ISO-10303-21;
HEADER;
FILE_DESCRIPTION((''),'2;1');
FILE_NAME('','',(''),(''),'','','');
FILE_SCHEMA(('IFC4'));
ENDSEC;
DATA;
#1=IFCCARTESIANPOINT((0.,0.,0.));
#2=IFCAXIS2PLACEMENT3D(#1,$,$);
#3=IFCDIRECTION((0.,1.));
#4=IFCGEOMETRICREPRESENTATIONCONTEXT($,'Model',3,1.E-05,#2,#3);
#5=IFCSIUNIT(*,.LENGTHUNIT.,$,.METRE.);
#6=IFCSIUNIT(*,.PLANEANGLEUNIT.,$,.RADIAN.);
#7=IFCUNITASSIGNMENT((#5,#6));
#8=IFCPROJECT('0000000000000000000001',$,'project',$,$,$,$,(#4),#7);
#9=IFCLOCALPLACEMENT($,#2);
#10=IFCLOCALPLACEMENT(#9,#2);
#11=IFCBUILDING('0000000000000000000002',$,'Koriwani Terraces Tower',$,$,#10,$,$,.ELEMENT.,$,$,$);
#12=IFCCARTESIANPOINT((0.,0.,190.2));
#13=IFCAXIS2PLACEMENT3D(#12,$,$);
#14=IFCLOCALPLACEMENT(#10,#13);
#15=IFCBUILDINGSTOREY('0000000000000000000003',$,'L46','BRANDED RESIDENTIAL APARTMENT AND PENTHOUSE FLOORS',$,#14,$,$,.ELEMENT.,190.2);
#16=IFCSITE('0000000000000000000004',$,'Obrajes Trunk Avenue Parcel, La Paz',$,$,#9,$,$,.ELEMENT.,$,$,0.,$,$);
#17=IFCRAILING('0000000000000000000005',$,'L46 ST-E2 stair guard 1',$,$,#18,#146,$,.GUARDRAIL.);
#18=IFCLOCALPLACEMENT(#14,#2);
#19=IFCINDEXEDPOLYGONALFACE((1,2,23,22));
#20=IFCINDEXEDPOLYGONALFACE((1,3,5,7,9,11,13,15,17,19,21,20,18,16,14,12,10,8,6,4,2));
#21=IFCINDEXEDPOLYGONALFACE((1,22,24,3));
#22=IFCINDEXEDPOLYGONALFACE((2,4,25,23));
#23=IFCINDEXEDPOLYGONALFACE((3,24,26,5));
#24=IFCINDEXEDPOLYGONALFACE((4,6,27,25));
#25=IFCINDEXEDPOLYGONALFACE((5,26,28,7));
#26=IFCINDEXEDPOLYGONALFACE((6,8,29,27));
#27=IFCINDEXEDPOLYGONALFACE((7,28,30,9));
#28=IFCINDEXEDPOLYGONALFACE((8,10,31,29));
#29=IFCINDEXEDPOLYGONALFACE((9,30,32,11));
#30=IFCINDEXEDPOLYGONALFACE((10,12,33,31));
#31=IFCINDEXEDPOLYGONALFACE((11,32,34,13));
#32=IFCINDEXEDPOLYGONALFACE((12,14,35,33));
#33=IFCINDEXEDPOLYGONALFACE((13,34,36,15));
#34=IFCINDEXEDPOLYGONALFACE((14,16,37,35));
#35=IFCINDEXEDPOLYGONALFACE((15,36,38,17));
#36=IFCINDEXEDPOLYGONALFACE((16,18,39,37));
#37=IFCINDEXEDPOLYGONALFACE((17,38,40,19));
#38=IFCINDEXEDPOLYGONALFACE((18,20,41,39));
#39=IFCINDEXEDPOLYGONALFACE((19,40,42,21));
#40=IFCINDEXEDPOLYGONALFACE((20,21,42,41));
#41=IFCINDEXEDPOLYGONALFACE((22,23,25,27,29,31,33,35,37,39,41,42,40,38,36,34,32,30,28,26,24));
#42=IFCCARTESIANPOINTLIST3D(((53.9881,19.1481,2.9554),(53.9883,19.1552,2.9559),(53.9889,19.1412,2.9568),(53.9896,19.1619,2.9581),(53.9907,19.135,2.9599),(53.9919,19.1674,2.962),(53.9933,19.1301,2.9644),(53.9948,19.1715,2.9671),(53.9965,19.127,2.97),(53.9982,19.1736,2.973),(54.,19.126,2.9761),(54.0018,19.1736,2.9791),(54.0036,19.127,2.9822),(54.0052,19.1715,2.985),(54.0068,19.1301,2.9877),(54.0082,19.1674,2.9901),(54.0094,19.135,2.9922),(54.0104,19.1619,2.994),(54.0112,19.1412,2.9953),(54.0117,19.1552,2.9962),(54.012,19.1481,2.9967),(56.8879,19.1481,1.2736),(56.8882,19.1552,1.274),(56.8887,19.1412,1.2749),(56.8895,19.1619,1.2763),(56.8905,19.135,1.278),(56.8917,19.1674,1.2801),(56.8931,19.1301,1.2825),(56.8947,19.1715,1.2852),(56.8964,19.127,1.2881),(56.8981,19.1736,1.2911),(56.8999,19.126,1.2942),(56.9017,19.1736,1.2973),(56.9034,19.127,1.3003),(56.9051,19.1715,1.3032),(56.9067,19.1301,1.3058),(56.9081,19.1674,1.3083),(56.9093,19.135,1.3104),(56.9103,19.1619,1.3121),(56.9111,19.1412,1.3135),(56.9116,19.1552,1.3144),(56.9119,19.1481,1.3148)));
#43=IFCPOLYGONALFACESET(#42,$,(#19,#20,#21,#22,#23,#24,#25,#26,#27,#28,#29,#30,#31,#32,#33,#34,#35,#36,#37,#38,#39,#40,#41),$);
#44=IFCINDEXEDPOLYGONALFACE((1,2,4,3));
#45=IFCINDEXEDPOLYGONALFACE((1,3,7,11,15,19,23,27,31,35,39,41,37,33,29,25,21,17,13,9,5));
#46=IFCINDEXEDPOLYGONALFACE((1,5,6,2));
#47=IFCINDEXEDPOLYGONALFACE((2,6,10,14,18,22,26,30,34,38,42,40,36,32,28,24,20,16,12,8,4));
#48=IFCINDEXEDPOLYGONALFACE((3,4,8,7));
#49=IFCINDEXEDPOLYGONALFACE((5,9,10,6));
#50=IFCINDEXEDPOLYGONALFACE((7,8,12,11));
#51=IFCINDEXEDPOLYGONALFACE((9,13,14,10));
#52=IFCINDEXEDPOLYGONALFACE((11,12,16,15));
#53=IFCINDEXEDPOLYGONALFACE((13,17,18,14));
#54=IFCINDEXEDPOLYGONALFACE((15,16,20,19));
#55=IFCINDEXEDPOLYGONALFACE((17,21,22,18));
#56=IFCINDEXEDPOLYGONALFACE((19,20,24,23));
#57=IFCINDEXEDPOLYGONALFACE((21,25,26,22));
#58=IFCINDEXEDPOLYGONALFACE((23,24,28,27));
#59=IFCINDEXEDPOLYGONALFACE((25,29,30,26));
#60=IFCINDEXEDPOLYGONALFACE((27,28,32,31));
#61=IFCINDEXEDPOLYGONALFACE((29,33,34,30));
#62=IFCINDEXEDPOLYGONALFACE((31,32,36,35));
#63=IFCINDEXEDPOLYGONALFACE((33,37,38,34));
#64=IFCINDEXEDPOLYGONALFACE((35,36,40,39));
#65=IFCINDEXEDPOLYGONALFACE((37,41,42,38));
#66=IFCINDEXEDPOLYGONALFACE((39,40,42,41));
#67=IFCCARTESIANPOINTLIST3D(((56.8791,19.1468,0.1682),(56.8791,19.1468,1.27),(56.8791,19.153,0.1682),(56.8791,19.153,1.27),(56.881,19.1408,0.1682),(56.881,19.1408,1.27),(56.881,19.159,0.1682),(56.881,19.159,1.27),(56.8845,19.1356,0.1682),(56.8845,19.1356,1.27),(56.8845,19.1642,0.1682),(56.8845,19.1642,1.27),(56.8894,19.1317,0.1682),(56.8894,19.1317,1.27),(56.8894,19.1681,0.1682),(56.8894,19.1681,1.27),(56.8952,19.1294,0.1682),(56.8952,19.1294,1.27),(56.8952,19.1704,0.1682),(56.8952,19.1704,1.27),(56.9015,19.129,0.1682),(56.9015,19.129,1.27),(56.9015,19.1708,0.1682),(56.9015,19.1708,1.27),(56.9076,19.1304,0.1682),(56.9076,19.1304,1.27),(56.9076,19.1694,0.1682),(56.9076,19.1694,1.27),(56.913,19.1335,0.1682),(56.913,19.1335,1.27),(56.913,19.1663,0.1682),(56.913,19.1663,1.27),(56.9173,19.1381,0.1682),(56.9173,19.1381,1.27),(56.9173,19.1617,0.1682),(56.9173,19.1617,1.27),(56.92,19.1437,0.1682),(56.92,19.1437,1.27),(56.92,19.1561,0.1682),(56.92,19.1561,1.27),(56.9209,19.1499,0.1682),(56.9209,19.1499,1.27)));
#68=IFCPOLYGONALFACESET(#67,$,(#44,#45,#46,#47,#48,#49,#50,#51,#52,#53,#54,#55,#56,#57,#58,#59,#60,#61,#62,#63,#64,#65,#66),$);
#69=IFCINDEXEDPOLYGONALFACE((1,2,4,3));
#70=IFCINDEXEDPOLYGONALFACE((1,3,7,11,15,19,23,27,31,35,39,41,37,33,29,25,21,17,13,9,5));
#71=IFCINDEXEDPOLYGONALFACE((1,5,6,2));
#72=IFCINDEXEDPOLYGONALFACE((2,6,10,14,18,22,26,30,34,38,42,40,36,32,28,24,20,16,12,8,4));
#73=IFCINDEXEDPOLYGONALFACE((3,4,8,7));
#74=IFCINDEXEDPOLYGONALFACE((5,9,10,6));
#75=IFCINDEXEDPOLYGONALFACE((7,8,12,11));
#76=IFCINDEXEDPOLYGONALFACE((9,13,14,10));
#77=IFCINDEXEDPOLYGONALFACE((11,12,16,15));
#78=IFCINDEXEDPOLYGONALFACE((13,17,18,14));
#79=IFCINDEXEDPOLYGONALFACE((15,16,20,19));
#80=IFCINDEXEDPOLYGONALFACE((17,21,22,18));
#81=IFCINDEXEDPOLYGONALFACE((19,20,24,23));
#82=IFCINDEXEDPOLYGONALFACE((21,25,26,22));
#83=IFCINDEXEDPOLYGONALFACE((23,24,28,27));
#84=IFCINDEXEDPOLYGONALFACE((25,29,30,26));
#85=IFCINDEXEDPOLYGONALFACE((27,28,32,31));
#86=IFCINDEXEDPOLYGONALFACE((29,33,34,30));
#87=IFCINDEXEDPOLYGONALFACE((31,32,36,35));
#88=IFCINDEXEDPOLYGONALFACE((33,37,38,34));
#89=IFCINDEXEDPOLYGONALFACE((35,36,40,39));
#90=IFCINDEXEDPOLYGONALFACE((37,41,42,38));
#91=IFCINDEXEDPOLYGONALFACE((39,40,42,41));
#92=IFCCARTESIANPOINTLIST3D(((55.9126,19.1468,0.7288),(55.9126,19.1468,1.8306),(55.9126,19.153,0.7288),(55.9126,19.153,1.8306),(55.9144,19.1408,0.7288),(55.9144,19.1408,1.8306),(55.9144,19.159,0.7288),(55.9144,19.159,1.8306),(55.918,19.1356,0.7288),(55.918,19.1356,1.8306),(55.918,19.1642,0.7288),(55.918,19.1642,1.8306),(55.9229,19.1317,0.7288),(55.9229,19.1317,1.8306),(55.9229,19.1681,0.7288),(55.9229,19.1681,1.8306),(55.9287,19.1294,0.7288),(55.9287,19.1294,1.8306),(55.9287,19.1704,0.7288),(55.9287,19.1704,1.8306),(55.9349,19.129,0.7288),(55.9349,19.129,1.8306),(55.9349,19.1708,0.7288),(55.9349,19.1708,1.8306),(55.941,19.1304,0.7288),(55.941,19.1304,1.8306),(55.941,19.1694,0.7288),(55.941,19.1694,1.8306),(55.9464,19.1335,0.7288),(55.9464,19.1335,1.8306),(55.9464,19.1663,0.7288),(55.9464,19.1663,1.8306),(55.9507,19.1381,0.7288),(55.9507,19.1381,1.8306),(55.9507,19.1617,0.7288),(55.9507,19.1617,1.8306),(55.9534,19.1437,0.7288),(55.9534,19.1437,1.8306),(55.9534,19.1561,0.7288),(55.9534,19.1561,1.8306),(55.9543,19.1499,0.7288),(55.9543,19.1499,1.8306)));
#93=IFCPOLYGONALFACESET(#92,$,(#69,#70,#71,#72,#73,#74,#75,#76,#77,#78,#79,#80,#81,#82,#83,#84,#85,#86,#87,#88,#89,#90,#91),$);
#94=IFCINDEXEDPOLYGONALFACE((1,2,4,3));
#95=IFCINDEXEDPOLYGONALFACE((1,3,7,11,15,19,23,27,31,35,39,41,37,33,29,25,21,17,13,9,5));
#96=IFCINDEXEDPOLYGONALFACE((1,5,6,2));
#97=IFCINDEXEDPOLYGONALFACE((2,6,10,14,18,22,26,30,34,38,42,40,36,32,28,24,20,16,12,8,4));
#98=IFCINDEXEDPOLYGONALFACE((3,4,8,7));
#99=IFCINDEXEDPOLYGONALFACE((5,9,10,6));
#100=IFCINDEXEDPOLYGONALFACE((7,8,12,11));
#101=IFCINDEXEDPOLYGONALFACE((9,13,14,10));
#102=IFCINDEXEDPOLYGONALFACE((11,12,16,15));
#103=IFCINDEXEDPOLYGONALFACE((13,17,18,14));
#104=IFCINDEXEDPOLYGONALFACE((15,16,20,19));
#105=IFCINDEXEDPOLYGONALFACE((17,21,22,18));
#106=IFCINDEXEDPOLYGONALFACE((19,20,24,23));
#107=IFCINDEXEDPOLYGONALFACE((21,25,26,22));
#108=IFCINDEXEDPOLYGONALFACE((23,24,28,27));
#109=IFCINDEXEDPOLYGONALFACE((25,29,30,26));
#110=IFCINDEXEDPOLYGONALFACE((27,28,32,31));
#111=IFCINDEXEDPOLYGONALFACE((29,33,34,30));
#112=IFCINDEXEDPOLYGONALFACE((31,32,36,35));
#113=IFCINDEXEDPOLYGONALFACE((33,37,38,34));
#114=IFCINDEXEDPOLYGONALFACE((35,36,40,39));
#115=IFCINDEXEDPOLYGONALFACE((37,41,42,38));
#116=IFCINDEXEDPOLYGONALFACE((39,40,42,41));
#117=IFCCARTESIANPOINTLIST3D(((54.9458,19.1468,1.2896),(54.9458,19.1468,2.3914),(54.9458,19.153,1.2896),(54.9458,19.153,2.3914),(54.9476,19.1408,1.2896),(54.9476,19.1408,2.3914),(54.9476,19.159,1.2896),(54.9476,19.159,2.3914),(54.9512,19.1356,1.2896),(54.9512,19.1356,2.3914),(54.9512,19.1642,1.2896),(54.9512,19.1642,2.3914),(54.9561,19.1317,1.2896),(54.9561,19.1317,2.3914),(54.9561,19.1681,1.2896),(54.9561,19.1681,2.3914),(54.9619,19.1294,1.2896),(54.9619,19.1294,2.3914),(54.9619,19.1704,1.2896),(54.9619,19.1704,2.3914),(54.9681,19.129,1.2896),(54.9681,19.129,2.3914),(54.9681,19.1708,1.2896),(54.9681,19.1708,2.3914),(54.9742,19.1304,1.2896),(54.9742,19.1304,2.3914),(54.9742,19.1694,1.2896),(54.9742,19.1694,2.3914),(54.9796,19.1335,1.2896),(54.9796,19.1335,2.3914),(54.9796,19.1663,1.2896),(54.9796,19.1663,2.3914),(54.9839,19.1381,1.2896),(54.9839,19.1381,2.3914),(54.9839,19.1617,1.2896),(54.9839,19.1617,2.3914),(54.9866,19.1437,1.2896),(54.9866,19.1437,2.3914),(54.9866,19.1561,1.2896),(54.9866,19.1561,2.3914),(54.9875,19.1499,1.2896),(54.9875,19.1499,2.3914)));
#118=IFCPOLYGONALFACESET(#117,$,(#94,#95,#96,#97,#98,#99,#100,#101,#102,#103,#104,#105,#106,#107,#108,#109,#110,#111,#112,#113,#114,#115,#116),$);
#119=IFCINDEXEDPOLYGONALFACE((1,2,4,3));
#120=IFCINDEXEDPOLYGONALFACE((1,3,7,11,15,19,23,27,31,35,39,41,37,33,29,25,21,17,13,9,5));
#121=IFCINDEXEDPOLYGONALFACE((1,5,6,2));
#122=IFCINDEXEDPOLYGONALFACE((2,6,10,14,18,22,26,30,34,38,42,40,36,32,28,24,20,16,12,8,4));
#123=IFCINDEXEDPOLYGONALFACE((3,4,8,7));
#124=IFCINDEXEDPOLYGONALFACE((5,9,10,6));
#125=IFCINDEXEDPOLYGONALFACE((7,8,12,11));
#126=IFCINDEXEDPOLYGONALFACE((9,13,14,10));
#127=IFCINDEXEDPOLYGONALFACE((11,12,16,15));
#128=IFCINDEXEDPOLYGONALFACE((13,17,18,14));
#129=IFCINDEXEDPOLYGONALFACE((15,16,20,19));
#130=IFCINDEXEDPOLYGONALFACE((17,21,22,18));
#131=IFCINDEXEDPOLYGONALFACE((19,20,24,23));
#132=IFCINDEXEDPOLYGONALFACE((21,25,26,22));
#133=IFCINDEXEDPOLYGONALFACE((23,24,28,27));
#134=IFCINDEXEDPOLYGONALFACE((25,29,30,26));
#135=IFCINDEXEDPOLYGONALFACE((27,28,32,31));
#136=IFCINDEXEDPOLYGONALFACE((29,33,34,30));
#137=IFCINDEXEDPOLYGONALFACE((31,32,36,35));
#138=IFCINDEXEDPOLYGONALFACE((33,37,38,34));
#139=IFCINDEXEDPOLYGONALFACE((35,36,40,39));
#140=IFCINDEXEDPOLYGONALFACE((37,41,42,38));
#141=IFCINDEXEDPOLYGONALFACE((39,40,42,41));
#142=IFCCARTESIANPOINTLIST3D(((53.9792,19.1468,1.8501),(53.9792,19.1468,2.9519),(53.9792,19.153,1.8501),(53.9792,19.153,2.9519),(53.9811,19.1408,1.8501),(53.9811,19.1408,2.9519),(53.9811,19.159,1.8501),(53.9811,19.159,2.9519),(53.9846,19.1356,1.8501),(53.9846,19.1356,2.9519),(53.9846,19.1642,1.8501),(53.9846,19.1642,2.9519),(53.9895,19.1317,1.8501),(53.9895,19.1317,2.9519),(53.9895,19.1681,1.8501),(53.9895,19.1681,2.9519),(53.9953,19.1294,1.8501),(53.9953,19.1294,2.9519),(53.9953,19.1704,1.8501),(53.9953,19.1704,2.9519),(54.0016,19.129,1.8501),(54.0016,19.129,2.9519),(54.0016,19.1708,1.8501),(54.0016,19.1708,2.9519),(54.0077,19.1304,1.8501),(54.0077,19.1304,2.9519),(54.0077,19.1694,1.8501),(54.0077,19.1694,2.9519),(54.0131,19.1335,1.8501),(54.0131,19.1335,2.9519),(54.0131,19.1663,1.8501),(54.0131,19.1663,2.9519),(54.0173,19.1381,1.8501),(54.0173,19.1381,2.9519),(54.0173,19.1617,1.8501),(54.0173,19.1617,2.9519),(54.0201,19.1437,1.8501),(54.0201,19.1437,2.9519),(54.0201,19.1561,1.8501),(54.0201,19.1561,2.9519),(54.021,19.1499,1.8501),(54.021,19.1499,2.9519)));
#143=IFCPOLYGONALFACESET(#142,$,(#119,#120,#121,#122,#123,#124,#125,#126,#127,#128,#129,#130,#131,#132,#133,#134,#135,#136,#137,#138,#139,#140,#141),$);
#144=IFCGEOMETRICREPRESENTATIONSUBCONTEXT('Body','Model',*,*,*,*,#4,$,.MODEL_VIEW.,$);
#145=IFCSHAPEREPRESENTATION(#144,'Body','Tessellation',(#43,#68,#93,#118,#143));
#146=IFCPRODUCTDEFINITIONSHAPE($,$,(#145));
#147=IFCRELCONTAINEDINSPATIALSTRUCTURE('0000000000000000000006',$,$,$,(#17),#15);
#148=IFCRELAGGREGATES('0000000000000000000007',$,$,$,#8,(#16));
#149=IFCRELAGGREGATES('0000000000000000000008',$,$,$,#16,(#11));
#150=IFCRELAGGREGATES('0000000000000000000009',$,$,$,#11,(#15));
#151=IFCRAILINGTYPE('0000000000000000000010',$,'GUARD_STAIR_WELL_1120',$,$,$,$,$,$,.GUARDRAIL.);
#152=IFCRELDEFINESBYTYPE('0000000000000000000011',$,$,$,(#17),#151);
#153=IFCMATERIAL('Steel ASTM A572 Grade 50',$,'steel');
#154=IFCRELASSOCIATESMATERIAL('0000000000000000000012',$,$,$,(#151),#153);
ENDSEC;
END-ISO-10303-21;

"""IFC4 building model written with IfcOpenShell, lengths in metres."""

from ifc_helpers import new_model, si_unit, direction, frame, origin, origin_2d, place, context, subcontext, project, spatial, circle, extrude, material, type_object, element, save


model = new_model("IFC4")

# Units and contexts
model_context = context("Model", 3, precision=1e-05, world=origin(), true_north=direction((0.0, 1.0)))
body_context = subcontext(model_context, "Body", "Model", "MODEL_VIEW")
ifc_project = project(units=[si_unit("LENGTHUNIT", "METRE"), si_unit("PLANEANGLEUNIT", "RADIAN")], contexts=[model_context])

# Site, building, storey
site_placement = place(None, origin())
site = spatial("IfcSite", under=ifc_project, at=site_placement, Name="Obrajes Trunk Avenue Parcel, La Paz", CompositionType="ELEMENT", RefElevation=0.0)
building_placement = place(site_placement, origin())
building = spatial("IfcBuilding", under=site, at=building_placement, Name="Koriwani Terraces Tower", CompositionType="ELEMENT")
storey_placement = place(building_placement, frame((0.0, 0.0, 190.2)))
storey = spatial("IfcBuildingStorey", under=building, at=storey_placement, Name="L46", Description="BRANDED RESIDENTIAL APARTMENT AND PENTHOUSE FLOORS", CompositionType="ELEMENT", Elevation=190.2)

# Shared definitions
ifc_material_1 = material(Name="Steel ASTM A572 Grade 50", Category="steel")

# Railing
railing_type_1 = type_object("IfcRailingType", Name="GUARD_STAIR_WELL_1120", PredefinedType="GUARDRAIL", material=ifc_material_1)
railing_1_placement = place(storey_placement, frame((56.8999, 19.1499, 0.1682)))
element("IfcRailing", 1, at=railing_1_placement, inside=storey, type_object=railing_type_1, Name="L46 ST-E2 stair guard 1", PredefinedType="GUARDRAIL", context=body_context, shape_type="SweptSolid", body=[
    extrude(circle(Radius=0.0239, at=origin_2d()), frame((0.0, 0.0, 1.126), z_axis=(-0.865039, 0.0, 0.501705), x_axis=(0.0, -1.0, 0.0)), (0.0, 0.0, 1.0), 3.3523),
    extrude(circle(Radius=0.021, at=origin_2d()), origin(), (0.0, 0.0, 1.0), 1.1018),
    extrude(circle(Radius=0.021, at=origin_2d()), frame((-0.9666, 0.0, 0.5605)), (0.0, 0.0, 1.0), 1.1018),
    extrude(circle(Radius=0.021, at=origin_2d()), frame((-1.9333, 0.0, 1.1213)), (0.0, 0.0, 1.0), 1.1018),
    extrude(circle(Radius=0.021, at=origin_2d()), frame((-2.8999, 0.0, 1.6819)), (0.0, 0.0, 1.0), 1.1018),
])

save(model, "model.ifc")
